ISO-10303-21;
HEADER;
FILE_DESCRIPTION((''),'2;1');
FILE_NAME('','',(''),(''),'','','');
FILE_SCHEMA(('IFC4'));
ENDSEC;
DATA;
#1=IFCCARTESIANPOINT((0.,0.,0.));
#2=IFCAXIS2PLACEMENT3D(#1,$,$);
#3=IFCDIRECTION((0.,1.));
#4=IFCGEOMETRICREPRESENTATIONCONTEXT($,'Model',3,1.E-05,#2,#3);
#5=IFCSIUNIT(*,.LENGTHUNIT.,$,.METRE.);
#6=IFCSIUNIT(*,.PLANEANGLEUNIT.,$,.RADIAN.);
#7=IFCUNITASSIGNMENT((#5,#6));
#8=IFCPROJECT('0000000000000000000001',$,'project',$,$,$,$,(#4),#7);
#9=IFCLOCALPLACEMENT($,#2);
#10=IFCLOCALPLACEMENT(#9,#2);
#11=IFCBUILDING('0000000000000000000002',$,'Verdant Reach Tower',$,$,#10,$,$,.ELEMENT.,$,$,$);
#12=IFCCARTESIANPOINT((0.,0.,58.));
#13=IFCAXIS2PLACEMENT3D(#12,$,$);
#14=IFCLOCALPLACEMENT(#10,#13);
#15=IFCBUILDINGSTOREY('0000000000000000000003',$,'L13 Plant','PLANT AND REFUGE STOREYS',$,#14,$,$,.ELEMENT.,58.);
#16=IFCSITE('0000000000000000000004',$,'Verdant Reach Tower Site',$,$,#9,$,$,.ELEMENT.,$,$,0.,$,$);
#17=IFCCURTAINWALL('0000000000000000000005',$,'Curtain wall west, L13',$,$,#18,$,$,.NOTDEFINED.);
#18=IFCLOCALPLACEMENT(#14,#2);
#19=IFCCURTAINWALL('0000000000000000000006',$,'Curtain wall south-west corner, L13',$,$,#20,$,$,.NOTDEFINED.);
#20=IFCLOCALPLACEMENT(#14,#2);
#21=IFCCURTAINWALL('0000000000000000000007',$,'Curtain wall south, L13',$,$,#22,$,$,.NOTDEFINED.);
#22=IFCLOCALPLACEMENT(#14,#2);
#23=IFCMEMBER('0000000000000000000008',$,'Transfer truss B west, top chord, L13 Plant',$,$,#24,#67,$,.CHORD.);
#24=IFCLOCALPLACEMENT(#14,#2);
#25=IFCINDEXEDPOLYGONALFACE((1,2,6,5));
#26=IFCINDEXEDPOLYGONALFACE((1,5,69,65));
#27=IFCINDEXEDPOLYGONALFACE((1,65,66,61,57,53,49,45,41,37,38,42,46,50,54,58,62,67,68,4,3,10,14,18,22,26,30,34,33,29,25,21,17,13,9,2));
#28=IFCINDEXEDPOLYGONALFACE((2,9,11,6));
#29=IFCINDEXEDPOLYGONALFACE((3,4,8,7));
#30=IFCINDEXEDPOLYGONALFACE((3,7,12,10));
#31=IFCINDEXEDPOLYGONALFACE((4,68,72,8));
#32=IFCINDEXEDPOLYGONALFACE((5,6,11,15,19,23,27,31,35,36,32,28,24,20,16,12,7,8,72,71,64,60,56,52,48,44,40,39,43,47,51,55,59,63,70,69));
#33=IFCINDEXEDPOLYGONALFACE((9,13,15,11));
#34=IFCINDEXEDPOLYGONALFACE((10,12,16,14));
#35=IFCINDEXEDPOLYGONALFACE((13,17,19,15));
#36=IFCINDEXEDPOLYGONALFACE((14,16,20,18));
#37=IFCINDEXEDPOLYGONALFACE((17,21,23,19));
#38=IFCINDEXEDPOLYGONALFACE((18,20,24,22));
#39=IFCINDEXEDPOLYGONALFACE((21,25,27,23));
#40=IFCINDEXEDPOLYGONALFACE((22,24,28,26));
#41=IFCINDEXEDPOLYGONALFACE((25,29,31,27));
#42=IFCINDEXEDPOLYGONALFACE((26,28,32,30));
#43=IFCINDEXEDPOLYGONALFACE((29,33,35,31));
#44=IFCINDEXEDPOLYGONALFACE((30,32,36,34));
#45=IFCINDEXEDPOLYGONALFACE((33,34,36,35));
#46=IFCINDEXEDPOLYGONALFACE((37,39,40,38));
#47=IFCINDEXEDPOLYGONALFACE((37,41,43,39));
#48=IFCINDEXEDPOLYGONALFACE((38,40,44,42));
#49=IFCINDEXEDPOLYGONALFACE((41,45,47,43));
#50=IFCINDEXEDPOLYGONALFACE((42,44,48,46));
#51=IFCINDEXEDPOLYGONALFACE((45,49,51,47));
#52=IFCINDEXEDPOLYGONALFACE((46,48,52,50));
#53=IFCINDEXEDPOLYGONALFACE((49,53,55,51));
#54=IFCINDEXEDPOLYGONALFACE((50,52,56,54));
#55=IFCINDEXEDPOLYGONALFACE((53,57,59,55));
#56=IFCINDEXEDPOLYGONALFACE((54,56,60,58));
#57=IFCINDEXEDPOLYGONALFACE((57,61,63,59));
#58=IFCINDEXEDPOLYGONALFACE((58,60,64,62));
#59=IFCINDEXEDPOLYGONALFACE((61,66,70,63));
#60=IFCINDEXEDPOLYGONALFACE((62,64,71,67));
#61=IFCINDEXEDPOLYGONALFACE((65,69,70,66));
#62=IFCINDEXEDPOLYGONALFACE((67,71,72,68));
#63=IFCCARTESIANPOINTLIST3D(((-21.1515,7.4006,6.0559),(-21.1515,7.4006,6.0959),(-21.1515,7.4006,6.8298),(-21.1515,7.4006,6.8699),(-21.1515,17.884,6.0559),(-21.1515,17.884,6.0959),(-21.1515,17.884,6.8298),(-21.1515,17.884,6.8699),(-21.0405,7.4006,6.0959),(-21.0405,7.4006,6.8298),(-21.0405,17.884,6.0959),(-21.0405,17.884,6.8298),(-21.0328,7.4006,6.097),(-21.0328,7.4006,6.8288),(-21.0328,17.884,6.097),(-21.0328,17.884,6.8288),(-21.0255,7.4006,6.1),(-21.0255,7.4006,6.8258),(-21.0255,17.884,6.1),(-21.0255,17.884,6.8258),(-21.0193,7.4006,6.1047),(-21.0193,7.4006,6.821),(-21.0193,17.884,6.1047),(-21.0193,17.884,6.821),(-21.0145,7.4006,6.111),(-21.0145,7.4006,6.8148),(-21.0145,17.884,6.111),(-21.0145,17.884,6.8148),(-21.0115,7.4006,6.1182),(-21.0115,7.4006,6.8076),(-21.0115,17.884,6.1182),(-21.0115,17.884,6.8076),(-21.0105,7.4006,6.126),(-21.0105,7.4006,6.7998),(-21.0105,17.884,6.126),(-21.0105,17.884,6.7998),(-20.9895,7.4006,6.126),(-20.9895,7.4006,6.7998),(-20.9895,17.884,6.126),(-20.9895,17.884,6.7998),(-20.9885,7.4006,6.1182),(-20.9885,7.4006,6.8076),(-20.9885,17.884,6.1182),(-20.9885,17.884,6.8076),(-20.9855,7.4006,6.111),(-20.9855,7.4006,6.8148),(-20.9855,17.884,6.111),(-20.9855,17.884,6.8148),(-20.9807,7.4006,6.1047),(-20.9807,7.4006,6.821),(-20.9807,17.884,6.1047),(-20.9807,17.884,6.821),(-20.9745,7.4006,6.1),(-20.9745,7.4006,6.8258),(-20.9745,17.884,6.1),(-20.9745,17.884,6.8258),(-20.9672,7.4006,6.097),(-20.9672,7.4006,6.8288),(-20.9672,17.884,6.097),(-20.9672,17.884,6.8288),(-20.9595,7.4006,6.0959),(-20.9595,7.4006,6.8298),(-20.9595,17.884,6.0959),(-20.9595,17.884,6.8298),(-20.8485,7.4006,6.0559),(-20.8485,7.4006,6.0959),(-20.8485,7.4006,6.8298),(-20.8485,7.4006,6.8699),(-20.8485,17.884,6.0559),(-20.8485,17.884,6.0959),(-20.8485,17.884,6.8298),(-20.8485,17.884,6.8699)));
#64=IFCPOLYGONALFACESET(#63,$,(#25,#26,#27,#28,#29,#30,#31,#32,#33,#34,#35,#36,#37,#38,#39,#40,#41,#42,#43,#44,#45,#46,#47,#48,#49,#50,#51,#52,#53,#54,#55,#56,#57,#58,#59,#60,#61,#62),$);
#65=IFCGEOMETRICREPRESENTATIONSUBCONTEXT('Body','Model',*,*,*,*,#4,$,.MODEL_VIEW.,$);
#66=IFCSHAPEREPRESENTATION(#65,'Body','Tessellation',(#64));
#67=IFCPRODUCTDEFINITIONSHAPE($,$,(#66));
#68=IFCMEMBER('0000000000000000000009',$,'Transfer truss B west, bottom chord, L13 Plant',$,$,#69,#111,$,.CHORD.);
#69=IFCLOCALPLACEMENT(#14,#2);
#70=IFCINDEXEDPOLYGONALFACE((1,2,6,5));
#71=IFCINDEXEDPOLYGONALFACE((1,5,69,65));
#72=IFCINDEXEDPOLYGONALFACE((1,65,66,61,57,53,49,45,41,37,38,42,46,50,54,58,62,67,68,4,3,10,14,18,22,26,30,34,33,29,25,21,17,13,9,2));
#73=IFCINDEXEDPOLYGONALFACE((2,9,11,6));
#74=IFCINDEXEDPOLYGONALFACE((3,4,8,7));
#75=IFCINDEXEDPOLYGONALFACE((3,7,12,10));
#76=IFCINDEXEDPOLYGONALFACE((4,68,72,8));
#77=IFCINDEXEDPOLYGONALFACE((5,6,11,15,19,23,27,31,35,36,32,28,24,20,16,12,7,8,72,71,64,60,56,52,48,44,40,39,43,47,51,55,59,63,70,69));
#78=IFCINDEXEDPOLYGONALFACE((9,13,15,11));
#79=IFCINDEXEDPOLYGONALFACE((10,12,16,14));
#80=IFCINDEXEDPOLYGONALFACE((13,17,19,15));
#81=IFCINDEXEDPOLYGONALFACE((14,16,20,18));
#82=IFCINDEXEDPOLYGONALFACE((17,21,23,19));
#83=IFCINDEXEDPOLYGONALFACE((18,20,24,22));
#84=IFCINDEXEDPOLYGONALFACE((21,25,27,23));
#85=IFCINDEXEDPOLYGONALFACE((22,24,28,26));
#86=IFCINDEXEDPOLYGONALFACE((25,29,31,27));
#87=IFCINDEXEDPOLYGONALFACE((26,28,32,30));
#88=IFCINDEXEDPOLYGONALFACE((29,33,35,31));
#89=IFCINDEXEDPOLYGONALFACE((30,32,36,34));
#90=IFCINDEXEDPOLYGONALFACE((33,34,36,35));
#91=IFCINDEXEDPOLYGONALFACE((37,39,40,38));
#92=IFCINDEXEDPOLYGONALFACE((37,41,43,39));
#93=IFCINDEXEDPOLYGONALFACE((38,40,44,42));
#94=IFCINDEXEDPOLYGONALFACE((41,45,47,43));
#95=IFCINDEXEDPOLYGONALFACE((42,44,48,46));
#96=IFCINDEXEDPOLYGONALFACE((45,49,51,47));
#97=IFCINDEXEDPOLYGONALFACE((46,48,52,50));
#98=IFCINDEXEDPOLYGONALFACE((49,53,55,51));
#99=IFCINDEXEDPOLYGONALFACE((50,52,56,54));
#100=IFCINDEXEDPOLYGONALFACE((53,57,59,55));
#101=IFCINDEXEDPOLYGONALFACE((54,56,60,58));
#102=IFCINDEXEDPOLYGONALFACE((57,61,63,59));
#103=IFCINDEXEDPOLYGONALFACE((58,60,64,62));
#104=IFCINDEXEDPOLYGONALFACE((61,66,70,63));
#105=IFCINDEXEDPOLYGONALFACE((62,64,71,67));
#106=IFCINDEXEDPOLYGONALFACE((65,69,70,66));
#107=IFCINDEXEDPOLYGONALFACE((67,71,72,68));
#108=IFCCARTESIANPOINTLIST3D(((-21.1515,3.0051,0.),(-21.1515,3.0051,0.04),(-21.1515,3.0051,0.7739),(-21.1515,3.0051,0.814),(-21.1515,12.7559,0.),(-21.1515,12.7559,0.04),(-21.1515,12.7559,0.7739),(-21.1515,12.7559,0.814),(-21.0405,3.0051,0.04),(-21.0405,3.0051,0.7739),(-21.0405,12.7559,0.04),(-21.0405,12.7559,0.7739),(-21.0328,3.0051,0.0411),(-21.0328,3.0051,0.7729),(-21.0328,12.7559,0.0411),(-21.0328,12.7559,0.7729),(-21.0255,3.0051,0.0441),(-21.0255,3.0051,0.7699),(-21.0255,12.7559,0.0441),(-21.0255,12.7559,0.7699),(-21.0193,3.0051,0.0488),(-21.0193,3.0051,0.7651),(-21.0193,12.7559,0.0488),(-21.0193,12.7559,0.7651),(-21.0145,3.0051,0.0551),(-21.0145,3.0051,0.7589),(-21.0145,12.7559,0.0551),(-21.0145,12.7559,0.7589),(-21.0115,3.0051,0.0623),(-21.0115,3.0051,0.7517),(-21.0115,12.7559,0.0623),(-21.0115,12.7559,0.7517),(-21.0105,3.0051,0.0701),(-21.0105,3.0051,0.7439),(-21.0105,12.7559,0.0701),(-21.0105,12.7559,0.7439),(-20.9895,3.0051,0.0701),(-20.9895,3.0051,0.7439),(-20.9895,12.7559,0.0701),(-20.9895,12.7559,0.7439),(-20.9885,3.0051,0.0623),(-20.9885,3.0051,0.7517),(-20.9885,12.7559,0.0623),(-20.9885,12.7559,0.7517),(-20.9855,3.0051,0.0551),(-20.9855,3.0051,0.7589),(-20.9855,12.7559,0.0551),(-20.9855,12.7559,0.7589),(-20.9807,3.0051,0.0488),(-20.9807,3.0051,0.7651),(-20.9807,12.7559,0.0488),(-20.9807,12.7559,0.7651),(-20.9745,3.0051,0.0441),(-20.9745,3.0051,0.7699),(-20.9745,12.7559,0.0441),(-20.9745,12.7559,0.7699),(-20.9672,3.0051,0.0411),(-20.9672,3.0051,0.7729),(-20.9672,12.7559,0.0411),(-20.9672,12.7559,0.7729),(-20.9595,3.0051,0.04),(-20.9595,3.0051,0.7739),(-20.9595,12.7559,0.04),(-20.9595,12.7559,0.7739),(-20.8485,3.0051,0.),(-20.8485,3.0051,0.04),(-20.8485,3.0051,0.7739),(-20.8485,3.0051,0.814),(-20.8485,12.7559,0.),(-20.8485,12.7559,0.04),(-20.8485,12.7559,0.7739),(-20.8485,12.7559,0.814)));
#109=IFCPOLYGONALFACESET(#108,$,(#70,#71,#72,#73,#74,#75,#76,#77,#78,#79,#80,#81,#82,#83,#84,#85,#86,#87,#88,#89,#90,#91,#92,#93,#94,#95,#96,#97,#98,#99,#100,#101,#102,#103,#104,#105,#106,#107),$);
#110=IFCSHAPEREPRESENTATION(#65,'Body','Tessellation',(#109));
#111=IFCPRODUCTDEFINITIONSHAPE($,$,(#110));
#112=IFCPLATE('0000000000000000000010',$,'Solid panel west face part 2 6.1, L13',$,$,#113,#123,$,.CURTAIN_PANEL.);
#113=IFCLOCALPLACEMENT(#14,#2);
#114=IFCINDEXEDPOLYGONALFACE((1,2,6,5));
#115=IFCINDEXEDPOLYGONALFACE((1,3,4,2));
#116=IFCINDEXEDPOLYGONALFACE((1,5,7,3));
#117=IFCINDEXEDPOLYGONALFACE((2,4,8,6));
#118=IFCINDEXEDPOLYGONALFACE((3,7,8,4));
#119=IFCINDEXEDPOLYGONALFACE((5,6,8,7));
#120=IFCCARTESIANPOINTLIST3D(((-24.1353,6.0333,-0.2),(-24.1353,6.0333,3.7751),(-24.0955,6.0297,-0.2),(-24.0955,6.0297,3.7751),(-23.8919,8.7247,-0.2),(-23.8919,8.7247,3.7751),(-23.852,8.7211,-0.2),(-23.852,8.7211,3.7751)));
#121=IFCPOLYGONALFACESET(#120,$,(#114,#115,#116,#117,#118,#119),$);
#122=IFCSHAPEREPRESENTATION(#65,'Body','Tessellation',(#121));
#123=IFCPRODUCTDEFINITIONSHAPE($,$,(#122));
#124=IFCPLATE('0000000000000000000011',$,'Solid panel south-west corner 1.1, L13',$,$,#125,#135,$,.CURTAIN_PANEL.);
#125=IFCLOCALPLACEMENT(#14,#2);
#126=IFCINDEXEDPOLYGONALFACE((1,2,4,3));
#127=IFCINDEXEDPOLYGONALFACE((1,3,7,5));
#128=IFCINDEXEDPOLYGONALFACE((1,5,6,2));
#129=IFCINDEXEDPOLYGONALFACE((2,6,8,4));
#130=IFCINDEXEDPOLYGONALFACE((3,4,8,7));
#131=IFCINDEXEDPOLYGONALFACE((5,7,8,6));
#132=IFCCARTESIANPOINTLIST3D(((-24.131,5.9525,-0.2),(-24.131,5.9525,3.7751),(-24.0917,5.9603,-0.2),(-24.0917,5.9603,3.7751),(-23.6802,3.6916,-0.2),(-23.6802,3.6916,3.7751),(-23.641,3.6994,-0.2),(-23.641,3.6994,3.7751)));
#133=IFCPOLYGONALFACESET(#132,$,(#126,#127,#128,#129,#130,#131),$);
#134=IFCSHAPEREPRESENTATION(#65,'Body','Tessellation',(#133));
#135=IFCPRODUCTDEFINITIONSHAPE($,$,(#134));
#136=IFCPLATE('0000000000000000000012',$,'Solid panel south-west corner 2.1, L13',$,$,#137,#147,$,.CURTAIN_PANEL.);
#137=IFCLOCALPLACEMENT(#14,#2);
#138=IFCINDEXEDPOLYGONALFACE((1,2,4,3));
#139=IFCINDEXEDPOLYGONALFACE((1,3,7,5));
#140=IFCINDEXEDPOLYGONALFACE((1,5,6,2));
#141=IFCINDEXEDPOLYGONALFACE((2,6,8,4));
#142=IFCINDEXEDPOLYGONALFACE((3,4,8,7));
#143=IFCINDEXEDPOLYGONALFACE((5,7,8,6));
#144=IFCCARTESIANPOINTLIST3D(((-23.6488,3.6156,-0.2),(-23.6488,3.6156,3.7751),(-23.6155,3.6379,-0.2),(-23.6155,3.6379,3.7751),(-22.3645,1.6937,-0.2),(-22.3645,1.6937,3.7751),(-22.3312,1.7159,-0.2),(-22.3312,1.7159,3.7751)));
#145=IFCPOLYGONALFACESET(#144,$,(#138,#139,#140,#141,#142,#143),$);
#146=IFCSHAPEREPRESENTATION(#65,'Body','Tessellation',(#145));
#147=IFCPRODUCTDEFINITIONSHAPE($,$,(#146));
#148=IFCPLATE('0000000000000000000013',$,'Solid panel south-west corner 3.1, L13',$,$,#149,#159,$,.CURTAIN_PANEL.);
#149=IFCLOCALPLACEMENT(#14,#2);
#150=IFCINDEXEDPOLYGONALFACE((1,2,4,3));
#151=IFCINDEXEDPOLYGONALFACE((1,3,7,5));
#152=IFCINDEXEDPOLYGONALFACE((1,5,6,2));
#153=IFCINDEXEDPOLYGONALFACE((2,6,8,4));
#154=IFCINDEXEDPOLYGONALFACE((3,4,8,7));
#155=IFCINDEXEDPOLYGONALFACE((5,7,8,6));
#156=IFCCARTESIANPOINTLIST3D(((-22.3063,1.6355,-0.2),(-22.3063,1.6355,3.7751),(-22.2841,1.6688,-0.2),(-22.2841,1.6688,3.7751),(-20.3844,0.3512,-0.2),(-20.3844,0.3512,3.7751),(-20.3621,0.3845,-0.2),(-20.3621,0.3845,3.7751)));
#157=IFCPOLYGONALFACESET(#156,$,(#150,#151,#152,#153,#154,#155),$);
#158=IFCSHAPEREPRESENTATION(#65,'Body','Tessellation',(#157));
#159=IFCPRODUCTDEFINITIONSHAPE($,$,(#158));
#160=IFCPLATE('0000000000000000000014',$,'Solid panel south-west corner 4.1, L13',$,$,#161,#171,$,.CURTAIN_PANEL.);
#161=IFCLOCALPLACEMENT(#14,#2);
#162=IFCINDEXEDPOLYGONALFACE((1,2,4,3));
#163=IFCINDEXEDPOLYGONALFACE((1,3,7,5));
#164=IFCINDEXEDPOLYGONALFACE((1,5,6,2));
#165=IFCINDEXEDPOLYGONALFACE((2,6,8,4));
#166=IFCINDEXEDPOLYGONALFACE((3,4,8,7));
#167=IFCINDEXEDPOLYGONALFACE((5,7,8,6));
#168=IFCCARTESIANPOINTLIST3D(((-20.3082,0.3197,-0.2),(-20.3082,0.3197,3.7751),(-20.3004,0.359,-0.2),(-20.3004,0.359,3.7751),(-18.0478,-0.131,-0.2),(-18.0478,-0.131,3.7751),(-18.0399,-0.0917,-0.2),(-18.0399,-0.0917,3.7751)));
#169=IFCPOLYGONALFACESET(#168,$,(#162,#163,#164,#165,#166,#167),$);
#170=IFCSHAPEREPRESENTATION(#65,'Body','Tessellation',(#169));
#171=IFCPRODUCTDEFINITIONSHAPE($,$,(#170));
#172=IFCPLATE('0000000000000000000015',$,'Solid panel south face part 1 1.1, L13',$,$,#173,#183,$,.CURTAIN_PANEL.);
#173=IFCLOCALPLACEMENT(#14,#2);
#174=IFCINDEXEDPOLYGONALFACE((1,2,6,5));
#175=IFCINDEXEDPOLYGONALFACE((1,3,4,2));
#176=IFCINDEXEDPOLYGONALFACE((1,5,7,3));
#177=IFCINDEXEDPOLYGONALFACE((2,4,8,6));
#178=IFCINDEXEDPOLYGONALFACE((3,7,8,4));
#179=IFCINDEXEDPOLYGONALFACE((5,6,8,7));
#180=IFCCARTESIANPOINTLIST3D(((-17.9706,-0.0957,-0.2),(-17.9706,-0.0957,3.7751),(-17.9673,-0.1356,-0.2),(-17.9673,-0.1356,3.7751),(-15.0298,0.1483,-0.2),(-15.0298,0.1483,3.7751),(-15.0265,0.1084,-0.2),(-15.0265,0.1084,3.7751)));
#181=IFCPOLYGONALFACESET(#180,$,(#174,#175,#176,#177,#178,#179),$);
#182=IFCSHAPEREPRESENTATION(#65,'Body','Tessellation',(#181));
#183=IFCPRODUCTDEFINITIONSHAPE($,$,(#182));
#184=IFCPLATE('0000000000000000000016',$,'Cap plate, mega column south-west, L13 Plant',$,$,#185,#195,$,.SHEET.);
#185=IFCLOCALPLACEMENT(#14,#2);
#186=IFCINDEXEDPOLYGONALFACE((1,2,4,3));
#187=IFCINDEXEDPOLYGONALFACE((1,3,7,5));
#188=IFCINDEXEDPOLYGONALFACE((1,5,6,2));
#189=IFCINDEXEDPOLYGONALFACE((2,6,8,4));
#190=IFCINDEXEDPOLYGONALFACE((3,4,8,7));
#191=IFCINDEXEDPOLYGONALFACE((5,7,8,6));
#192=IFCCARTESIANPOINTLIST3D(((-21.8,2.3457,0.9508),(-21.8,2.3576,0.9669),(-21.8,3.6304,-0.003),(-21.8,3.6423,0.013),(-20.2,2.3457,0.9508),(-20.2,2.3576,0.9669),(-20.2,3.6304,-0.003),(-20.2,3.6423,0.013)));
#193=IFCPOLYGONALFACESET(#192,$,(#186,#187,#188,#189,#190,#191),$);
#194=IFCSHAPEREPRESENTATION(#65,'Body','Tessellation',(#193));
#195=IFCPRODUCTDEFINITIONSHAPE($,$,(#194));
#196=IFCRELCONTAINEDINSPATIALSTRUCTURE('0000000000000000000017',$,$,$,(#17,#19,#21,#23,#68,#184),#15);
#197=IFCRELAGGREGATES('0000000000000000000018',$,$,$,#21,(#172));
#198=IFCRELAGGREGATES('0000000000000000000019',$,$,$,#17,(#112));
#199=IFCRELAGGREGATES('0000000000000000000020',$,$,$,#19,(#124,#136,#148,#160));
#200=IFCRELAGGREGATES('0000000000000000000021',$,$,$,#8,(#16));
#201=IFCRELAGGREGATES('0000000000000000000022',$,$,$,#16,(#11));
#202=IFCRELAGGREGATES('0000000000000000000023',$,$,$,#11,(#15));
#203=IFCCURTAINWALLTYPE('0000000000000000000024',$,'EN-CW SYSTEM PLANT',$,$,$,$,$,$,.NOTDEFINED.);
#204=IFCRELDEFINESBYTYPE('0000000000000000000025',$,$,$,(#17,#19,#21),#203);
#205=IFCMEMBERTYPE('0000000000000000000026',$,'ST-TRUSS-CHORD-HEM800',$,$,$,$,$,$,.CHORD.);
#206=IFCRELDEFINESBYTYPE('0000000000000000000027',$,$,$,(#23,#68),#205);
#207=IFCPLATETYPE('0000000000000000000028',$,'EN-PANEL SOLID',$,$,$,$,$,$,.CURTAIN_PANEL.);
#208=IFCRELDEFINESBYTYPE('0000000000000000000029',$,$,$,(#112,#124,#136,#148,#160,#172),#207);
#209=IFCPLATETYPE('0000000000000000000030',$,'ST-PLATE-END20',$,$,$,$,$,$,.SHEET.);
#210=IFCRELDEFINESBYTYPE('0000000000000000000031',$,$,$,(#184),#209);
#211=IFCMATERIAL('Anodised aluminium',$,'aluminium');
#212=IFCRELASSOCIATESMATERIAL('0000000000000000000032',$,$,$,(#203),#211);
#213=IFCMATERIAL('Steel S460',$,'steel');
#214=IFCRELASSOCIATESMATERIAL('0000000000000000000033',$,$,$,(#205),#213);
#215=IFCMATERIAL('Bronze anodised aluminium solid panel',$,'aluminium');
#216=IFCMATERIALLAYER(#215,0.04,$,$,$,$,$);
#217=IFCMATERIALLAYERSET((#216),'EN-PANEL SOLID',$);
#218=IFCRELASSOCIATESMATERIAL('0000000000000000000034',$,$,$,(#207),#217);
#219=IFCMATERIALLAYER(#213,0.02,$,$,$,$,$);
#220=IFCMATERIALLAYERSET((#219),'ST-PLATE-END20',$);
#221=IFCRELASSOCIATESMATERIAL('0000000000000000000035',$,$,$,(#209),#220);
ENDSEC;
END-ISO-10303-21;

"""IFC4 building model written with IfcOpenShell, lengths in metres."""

from ifc_helpers import new_model, si_unit, direction, frame, origin, origin_2d, place, context, subcontext, project, spatial, rectangle, i_section, extrude, material, layer, layer_set, material_profile, profile_set, type_object, element, aggregate, save


model = new_model("IFC4")

# Units and contexts
model_context = context("Model", 3, precision=1e-05, world=origin(), true_north=direction((0.0, 1.0)))
body_context = subcontext(model_context, "Body", "Model", "MODEL_VIEW")
ifc_project = project(units=[si_unit("LENGTHUNIT", "METRE"), si_unit("PLANEANGLEUNIT", "RADIAN")], contexts=[model_context])

# Site, building, storey
site_placement = place(None, origin())
site = spatial("IfcSite", under=ifc_project, at=site_placement, Name="Verdant Reach Tower Site", CompositionType="ELEMENT", RefElevation=0.0)
building_placement = place(site_placement, origin())
building = spatial("IfcBuilding", under=site, at=building_placement, Name="Verdant Reach Tower", CompositionType="ELEMENT")
storey_placement = place(building_placement, frame((0.0, 0.0, 58.0)))
storey = spatial("IfcBuildingStorey", under=building, at=storey_placement, Name="L13 Plant", Description="PLANT AND REFUGE STOREYS", CompositionType="ELEMENT", Elevation=58.0)

# Shared definitions
ifc_material_1 = material(Name="Steel S460", Category="steel")

# Curtain wall
ifc_material_2 = material(Name="Anodised aluminium", Category="aluminium")
curtain_wall_type = type_object("IfcCurtainWallType", Name="EN-CW SYSTEM PLANT", PredefinedType="NOTDEFINED", material=ifc_material_2)
curtain_wall_1_placement = place(storey_placement, origin())
curtain_wall_1 = element("IfcCurtainWall", 1, at=curtain_wall_1_placement, inside=storey, type_object=curtain_wall_type, Name="Curtain wall west, L13", PredefinedType="NOTDEFINED")

# Curtain walls
curtain_wall_2_placement = place(storey_placement, origin())
curtain_wall_2 = element("IfcCurtainWall", 2, at=curtain_wall_2_placement, inside=storey, type_object=curtain_wall_type, Name="Curtain wall south-west corner, L13", PredefinedType="NOTDEFINED")
curtain_wall_3_placement = place(storey_placement, origin())
curtain_wall_3 = element("IfcCurtainWall", 3, at=curtain_wall_3_placement, inside=storey, type_object=curtain_wall_type, Name="Curtain wall south, L13", PredefinedType="NOTDEFINED")

# Members
ifc_material_profile_1 = material_profile(ifc_material_1, i_section(OverallWidth=0.303, OverallDepth=0.814, WebThickness=0.021, FlangeThickness=0.04, FilletRadius=0.03, at=origin_2d()), Name="HEM 800")
ifc_profile_set_1 = profile_set([ifc_material_profile_1], Name="Steel S460")
member_type_1 = type_object("IfcMemberType", Name="ST-TRUSS-CHORD-HEM800", PredefinedType="CHORD", material=ifc_profile_set_1)
member_1_placement = place(storey_placement, frame((-21.0, 7.4006, 6.4629), z_axis=(0.0, 1.0, 0.0), x_axis=(-1.0, 0.0, 0.0)))
element("IfcMember", 4, at=member_1_placement, inside=storey, type_object=member_type_1, Name="Transfer truss B west, top chord, L13 Plant", PredefinedType="CHORD", context=body_context, shape_type="SweptSolid", body=[
    extrude(i_section(OverallWidth=0.303, OverallDepth=0.814, WebThickness=0.021, FlangeThickness=0.04, FilletRadius=0.03, at=origin_2d()), origin(), (0.0, 0.0, 1.0), 10.4834),
])
member_2_placement = place(storey_placement, frame((-21.0, 3.0051, 0.407), z_axis=(0.0, 1.0, 0.0), x_axis=(-1.0, 0.0, 0.0)))
element("IfcMember", 5, at=member_2_placement, inside=storey, type_object=member_type_1, Name="Transfer truss B west, bottom chord, L13 Plant", PredefinedType="CHORD", context=body_context, shape_type="SweptSolid", body=[
    extrude(i_section(OverallWidth=0.303, OverallDepth=0.814, WebThickness=0.021, FlangeThickness=0.04, FilletRadius=0.03, at=origin_2d()), origin(), (0.0, 0.0, 1.0), 9.7507),
])

# Plates
ifc_material_3 = material(Name="Bronze anodised aluminium solid panel", Category="aluminium")
ifc_layer_1 = layer(ifc_material_3, 0.04)
ifc_layer_set_1 = layer_set([ifc_layer_1], Name="EN-PANEL SOLID")
plate_type_1 = type_object("IfcPlateType", Name="EN-PANEL SOLID", PredefinedType="CURTAIN_PANEL", material=ifc_layer_set_1)
plate_1_placement = place(storey_placement, frame((-23.9937, 7.3772, -0.2), z_axis=(0.0, 0.0, 1.0), x_axis=(-0.090097, -0.995933, 0.0)))
plate_1 = element("IfcPlate", 6, at=plate_1_placement, type_object=plate_type_1, Name="Solid panel west face part 2 6.1, L13", PredefinedType="CURTAIN_PANEL", context=body_context, shape_type="SweptSolid", body=[
    extrude(rectangle(XDim=2.7024, YDim=0.04, at=origin_2d()), origin(), (0.0, 0.0, 1.0), 3.9751),
])
plate_2_placement = place(storey_placement, frame((-23.886, 4.8259, -0.2), z_axis=(0.0, 0.0, 1.0), x_axis=(0.195519, -0.9807, 0.0)))
plate_2 = element("IfcPlate", 7, at=plate_2_placement, type_object=plate_type_1, Name="Solid panel south-west corner 1.1, L13", PredefinedType="CURTAIN_PANEL", context=body_context, shape_type="SweptSolid", body=[
    extrude(rectangle(XDim=2.3054, YDim=0.04, at=origin_2d()), origin(), (0.0, 0.0, 1.0), 3.9751),
])
plate_3_placement = place(storey_placement, frame((-22.99, 2.6658, -0.2), z_axis=(0.0, 0.0, 1.0), x_axis=(0.555596, -0.831452, 0.0)))
plate_3 = element("IfcPlate", 8, at=plate_3_placement, type_object=plate_type_1, Name="Solid panel south-west corner 2.1, L13", PredefinedType="CURTAIN_PANEL", context=body_context, shape_type="SweptSolid", body=[
    extrude(rectangle(XDim=2.3115, YDim=0.04, at=origin_2d()), origin(), (0.0, 0.0, 1.0), 3.9751),
])
plate_4_placement = place(storey_placement, frame((-21.3342, 1.01, -0.2), z_axis=(0.0, 0.0, 1.0), x_axis=(0.831452, -0.555596, 0.0)))
plate_4 = element("IfcPlate", 9, at=plate_4_placement, type_object=plate_type_1, Name="Solid panel south-west corner 3.1, L13", PredefinedType="CURTAIN_PANEL", context=body_context, shape_type="SweptSolid", body=[
    extrude(rectangle(XDim=2.3115, YDim=0.04, at=origin_2d()), origin(), (0.0, 0.0, 1.0), 3.9751),
])
plate_5_placement = place(storey_placement, frame((-19.1741, 0.114, -0.2), z_axis=(0.0, 0.0, 1.0), x_axis=(0.980695, -0.195545, 0.0)))
plate_5 = element("IfcPlate", 10, at=plate_5_placement, type_object=plate_type_1, Name="Solid panel south-west corner 4.1, L13", PredefinedType="CURTAIN_PANEL", context=body_context, shape_type="SweptSolid", body=[
    extrude(rectangle(XDim=2.3049, YDim=0.04, at=origin_2d()), origin(), (0.0, 0.0, 1.0), 3.9751),
])
plate_6_placement = place(storey_placement, frame((-16.4985, 0.0063, -0.2), z_axis=(0.0, 0.0, 1.0), x_axis=(0.996578, 0.082664, 0.0)))
plate_6 = element("IfcPlate", 11, at=plate_6_placement, type_object=plate_type_1, Name="Solid panel south face part 1 1.1, L13", PredefinedType="CURTAIN_PANEL", context=body_context, shape_type="SweptSolid", body=[
    extrude(rectangle(XDim=2.9509, YDim=0.04, at=origin_2d()), origin(), (0.0, 0.0, 1.0), 3.9751),
])
aggregate(curtain_wall_3, [plate_6])
ifc_layer_2 = layer(ifc_material_1, 0.02)
ifc_layer_set_2 = layer_set([ifc_layer_2], Name="ST-PLATE-END20")
plate_type_2 = type_object("IfcPlateType", Name="ST-PLATE-END20", PredefinedType="SHEET", material=ifc_layer_set_2)
plate_7_placement = place(storey_placement, frame((-21.0, 2.988, 0.4739), z_axis=(0.0, 0.5961, 0.80291), x_axis=(-1.0, 0.0, 0.0)))
element("IfcPlate", 12, at=plate_7_placement, inside=storey, type_object=plate_type_2, Name="Cap plate, mega column south-west, L13 Plant", PredefinedType="SHEET", context=body_context, shape_type="SweptSolid", body=[
    extrude(rectangle(XDim=1.6001, YDim=1.6001, at=origin_2d()), origin(), (0.0, 0.0, 1.0), 0.02),
])

aggregate(curtain_wall_1, [plate_1])
aggregate(curtain_wall_2, [plate_2, plate_3, plate_4, plate_5])

save(model, "model.ifc")
